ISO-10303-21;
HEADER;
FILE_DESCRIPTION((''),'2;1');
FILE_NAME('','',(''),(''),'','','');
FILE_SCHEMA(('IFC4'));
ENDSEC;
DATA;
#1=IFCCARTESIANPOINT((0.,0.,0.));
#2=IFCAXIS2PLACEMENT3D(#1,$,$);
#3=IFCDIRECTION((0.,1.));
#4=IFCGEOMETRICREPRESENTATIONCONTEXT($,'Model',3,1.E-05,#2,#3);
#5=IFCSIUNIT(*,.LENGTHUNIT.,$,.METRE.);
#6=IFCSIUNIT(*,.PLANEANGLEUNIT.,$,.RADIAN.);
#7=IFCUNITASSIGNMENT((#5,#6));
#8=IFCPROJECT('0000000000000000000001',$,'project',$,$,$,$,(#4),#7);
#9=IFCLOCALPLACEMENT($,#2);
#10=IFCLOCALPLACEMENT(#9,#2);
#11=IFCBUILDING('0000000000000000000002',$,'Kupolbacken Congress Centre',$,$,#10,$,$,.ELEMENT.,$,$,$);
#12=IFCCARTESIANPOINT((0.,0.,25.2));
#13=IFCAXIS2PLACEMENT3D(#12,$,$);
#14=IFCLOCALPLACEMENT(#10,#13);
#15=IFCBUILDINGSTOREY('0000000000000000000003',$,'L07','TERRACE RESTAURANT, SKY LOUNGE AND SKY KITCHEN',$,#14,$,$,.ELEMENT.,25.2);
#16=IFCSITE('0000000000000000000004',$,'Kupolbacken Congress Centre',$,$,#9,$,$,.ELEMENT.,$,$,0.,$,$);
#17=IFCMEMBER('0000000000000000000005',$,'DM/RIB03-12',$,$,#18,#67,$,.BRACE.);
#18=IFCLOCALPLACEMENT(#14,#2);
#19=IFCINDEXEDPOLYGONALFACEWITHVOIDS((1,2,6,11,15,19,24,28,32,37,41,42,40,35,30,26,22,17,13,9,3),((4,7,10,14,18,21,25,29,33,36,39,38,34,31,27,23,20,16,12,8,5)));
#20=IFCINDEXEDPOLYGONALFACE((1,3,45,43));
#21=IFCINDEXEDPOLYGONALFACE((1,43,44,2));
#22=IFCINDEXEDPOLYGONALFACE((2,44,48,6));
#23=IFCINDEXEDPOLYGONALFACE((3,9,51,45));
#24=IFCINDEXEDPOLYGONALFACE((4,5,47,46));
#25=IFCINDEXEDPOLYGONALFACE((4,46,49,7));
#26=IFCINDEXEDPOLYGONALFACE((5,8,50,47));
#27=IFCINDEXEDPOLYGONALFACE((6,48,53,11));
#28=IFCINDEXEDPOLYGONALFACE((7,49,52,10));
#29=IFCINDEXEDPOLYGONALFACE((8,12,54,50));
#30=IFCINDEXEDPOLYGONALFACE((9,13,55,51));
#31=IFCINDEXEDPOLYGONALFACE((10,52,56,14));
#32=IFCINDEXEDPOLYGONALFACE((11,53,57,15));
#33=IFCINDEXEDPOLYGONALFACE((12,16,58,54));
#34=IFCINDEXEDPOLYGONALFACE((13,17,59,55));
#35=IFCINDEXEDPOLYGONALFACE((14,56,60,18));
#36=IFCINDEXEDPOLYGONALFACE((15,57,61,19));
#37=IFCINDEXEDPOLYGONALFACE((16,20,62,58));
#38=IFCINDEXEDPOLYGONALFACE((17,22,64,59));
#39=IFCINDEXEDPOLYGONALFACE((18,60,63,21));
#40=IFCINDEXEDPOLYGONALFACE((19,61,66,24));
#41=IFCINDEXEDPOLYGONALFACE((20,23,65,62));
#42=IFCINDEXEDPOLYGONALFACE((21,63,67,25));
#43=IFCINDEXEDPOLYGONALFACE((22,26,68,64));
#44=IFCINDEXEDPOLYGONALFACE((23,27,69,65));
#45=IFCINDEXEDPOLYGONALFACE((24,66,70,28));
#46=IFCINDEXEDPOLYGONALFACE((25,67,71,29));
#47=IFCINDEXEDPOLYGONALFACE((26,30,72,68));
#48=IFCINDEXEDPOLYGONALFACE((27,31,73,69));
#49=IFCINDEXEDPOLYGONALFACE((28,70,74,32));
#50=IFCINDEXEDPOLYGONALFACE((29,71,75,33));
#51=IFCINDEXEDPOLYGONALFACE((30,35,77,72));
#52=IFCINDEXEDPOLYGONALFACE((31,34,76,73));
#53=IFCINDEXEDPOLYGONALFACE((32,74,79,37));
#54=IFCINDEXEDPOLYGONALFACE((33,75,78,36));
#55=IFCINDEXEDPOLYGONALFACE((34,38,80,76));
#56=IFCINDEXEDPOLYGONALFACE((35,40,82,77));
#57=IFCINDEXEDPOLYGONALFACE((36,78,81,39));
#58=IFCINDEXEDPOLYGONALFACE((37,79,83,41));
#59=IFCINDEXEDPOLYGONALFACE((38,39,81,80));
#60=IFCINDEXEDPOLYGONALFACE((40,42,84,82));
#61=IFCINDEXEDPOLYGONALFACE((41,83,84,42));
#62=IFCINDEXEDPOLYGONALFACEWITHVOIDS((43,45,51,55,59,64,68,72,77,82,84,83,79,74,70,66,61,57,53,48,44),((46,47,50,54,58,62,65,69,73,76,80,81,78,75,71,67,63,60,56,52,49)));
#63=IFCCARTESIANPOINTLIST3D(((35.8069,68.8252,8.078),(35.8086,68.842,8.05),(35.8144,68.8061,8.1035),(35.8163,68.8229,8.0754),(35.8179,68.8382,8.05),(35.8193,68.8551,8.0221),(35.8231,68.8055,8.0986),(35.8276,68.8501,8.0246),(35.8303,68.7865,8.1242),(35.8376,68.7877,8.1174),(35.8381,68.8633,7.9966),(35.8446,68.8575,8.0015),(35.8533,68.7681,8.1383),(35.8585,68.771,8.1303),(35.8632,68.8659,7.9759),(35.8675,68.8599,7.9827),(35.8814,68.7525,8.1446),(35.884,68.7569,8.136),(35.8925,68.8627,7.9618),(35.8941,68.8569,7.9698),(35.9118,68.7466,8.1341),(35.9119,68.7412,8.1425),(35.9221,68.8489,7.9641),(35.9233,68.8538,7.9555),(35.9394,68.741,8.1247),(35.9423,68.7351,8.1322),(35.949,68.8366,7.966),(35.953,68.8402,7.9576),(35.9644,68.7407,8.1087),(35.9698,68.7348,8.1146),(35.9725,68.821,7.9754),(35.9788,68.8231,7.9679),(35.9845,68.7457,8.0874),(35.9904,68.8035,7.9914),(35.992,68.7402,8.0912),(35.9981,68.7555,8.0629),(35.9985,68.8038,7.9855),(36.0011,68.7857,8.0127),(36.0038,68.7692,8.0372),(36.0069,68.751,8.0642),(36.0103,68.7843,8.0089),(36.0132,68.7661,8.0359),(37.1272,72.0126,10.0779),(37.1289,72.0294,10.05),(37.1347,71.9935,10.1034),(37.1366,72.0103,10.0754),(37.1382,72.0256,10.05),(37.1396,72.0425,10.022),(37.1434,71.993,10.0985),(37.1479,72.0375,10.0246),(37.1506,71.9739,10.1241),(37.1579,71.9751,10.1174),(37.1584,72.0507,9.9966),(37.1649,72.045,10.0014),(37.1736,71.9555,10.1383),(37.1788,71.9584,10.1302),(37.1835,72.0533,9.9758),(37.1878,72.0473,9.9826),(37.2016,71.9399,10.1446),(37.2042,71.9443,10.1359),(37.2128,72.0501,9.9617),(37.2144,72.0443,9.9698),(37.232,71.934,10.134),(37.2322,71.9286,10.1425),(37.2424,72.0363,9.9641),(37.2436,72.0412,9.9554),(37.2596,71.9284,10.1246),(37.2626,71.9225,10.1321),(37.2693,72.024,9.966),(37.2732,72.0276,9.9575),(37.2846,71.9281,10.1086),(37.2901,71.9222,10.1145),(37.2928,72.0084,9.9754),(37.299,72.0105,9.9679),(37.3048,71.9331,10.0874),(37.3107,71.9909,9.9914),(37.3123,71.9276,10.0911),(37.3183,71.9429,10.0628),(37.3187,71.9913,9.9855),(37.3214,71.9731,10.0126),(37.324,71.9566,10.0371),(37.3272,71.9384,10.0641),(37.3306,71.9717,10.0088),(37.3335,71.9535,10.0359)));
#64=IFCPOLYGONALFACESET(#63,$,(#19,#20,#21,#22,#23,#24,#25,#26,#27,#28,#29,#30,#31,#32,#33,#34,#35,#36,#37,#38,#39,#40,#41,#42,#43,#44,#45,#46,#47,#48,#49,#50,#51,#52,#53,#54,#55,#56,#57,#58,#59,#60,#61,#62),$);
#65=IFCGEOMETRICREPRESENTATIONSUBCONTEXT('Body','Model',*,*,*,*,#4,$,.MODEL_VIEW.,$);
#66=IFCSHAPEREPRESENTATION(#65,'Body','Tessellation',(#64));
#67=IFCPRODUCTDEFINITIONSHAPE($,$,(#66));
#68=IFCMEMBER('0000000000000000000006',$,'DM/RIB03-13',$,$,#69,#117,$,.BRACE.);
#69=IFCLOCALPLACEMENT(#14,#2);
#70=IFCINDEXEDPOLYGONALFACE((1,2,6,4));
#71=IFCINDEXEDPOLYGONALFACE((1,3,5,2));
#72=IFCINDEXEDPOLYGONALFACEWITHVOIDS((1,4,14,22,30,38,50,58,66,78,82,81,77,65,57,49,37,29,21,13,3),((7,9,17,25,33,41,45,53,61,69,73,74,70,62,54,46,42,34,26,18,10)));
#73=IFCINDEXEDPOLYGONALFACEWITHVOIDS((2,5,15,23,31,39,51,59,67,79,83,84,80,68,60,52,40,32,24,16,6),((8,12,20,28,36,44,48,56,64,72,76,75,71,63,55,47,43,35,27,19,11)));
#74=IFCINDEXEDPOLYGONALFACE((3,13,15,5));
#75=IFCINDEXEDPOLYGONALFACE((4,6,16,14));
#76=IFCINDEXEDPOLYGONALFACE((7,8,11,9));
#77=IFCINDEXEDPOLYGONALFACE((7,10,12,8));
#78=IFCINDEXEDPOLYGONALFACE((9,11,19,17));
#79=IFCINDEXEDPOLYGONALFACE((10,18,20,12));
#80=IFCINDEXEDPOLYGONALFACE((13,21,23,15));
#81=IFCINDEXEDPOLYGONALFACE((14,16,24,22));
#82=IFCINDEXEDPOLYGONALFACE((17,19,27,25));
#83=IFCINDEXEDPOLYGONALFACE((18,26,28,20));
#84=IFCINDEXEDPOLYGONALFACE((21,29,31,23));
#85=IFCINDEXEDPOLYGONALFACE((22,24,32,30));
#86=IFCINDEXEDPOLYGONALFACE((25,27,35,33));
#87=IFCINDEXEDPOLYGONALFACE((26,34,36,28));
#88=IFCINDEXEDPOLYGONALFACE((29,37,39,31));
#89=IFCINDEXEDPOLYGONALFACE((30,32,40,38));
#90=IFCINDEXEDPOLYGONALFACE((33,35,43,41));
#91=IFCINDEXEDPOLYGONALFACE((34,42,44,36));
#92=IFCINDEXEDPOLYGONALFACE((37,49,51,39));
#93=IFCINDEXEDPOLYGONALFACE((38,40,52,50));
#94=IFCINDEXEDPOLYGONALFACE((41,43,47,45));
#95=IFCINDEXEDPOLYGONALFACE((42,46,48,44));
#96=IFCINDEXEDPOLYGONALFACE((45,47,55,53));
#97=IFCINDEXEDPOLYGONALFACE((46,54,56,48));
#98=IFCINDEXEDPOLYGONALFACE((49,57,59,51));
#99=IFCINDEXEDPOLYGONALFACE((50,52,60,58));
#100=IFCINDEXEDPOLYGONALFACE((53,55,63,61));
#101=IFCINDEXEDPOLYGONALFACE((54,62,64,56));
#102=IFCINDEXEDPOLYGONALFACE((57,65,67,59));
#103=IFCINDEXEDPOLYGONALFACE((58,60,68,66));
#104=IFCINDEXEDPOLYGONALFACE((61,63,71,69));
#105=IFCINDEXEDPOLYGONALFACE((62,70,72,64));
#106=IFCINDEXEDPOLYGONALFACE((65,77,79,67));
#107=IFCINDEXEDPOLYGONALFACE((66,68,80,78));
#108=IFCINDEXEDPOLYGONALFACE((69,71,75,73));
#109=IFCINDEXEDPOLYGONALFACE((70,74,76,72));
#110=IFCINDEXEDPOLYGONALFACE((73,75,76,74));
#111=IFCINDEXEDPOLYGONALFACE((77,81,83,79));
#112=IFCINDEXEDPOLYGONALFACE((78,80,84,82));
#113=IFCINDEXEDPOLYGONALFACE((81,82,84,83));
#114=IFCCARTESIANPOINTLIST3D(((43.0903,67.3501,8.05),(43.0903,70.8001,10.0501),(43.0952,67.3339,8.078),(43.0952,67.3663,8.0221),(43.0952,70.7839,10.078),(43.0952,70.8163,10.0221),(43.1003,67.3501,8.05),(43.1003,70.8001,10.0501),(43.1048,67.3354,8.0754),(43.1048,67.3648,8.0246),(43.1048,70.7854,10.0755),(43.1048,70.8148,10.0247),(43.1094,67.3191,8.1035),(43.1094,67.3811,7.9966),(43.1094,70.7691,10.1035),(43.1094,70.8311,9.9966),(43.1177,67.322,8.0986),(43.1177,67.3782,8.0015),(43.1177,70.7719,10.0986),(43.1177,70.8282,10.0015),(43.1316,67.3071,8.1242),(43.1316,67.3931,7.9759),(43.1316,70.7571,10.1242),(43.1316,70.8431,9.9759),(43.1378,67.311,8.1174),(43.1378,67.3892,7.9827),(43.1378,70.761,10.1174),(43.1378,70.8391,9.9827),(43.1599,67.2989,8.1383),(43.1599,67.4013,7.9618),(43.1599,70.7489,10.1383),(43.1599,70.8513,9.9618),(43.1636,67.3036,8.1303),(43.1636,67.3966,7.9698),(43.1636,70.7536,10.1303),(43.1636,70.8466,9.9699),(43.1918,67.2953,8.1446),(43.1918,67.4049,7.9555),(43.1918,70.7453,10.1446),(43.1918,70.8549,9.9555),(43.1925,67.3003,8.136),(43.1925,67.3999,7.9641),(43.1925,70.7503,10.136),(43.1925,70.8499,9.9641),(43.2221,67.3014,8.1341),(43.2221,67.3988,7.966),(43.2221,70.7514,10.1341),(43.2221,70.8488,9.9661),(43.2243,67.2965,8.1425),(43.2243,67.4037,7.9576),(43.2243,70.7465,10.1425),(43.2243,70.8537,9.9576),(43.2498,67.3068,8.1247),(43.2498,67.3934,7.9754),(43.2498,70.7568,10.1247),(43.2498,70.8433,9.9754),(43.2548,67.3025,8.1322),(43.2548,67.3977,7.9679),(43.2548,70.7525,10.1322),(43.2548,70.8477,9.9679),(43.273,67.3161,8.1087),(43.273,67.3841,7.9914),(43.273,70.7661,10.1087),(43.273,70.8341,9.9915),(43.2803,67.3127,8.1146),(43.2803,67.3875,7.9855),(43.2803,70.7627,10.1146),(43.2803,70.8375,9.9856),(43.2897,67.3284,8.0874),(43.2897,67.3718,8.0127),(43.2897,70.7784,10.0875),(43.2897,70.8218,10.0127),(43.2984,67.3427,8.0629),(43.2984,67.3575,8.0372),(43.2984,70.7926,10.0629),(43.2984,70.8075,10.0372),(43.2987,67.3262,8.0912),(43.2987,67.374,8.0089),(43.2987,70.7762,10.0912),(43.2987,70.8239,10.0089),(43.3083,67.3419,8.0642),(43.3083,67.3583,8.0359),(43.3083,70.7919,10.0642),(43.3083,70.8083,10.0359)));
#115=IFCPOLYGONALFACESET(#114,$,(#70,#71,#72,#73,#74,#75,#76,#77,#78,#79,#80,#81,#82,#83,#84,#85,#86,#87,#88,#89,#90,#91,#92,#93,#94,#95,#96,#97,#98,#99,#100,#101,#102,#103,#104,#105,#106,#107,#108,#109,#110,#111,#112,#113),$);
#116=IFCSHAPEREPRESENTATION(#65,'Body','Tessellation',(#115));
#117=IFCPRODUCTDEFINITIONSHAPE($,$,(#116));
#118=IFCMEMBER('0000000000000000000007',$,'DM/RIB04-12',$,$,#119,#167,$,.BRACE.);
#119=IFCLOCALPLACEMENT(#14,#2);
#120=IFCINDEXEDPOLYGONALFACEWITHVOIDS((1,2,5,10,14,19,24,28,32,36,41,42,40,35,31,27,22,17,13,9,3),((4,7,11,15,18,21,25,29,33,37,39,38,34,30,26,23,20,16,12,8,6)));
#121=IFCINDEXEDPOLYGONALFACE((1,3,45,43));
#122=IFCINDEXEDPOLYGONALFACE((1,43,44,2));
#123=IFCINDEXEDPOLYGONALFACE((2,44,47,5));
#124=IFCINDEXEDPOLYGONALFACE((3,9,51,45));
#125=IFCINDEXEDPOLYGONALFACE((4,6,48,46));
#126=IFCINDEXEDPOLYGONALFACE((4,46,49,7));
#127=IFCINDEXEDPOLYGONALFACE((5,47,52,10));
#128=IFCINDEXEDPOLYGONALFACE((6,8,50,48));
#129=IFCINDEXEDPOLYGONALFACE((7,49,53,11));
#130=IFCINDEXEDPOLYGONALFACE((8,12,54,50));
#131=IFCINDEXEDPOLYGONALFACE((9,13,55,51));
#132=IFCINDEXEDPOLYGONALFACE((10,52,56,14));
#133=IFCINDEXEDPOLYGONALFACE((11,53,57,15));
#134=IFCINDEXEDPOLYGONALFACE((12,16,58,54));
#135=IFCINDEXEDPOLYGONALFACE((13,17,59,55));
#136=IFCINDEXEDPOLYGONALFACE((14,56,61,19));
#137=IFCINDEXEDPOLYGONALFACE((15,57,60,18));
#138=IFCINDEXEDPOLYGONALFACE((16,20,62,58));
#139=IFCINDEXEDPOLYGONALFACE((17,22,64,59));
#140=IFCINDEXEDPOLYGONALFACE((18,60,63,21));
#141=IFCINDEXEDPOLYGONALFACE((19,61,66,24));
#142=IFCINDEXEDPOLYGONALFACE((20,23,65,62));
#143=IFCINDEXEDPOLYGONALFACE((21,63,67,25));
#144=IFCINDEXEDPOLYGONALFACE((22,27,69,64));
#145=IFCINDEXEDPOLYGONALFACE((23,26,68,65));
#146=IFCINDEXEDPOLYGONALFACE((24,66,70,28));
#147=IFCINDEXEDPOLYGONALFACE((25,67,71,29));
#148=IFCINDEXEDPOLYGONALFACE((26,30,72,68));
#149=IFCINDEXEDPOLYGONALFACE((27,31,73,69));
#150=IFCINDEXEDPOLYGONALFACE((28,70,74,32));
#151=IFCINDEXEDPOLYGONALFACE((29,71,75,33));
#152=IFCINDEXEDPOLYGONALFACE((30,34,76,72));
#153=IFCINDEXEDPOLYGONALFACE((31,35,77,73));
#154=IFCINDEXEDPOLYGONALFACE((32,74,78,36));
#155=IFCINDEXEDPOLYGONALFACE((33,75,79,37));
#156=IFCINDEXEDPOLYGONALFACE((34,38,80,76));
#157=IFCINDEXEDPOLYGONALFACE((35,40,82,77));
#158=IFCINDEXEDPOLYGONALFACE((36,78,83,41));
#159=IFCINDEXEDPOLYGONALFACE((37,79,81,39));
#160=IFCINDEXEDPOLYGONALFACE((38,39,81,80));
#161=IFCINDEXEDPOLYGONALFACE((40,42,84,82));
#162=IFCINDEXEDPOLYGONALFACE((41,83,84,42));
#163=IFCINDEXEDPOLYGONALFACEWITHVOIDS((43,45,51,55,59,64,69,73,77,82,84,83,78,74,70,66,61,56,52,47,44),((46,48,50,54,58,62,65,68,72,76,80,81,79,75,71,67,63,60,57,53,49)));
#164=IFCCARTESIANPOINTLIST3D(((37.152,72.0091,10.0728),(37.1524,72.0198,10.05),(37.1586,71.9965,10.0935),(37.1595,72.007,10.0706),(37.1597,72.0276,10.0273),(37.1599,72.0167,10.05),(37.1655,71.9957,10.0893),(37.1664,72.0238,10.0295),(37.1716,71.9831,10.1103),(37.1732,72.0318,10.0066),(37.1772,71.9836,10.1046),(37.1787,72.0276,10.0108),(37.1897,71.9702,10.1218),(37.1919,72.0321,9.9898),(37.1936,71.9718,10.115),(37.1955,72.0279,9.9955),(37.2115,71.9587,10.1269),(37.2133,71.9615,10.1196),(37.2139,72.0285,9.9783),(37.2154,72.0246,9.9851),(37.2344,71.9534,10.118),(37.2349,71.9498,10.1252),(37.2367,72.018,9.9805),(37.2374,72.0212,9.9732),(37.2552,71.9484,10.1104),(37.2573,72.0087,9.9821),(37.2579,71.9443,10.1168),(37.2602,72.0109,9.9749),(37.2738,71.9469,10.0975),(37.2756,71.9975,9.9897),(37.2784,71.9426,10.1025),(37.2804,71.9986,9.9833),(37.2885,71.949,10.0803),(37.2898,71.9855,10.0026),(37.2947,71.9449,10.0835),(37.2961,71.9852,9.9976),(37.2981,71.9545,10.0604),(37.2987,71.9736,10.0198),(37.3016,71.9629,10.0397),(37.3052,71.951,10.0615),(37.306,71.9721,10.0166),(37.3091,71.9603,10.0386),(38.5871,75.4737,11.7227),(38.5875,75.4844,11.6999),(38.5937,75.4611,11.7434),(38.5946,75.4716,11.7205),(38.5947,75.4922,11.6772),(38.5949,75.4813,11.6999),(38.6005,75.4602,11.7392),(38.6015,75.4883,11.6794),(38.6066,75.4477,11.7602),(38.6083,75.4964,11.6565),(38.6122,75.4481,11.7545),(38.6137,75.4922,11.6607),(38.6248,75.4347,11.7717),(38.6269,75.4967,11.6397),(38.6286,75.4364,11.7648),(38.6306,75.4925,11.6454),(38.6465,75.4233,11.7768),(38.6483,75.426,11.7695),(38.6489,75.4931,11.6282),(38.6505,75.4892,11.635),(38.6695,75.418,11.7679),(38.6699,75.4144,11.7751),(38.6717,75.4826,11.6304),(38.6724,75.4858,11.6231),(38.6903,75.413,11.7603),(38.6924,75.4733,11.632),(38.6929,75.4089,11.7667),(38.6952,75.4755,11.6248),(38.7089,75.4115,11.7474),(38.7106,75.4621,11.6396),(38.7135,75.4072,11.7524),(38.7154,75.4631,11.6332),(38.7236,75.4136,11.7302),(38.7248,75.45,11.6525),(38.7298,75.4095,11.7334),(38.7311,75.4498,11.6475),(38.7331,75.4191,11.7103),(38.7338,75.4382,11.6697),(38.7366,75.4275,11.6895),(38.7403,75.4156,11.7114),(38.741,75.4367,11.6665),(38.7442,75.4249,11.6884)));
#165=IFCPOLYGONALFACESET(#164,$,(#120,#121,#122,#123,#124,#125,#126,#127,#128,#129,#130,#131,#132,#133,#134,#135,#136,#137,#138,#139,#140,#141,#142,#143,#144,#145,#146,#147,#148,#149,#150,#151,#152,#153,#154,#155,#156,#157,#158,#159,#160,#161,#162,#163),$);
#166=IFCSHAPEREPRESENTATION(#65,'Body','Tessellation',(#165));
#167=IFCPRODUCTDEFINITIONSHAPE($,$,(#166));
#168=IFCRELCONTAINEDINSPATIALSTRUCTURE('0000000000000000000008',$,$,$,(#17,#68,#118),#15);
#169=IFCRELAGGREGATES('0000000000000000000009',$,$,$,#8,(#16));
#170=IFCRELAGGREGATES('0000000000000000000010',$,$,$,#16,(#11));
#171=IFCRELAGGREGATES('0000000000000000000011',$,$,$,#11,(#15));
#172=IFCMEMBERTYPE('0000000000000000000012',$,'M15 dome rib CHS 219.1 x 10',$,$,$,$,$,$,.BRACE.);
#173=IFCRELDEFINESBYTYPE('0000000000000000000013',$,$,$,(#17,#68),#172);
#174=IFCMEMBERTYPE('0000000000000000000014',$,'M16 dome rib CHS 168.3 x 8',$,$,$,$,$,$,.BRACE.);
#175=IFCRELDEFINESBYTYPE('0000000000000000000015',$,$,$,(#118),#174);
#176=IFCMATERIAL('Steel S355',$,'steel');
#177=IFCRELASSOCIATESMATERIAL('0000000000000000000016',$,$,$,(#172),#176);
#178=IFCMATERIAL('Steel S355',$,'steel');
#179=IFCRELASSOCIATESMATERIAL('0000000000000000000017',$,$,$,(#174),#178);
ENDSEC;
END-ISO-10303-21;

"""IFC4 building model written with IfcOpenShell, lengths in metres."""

from ifc_helpers import new_model, si_unit, direction, frame, origin, origin_2d, place, context, subcontext, project, spatial, hollow_circle, extrude, material, material_profile, profile_set, type_object, element, save


model = new_model("IFC4")

# Units and contexts
model_context = context("Model", 3, precision=1e-05, world=origin(), true_north=direction((0.0, 1.0)))
body_context = subcontext(model_context, "Body", "Model", "MODEL_VIEW")
ifc_project = project(units=[si_unit("LENGTHUNIT", "METRE"), si_unit("PLANEANGLEUNIT", "RADIAN")], contexts=[model_context])

# Site, building, storey
site_placement = place(None, origin())
site = spatial("IfcSite", under=ifc_project, at=site_placement, Name="Kupolbacken Congress Centre", CompositionType="ELEMENT", RefElevation=0.0)
building_placement = place(site_placement, origin())
building = spatial("IfcBuilding", under=site, at=building_placement, Name="Kupolbacken Congress Centre", CompositionType="ELEMENT")
storey_placement = place(building_placement, frame((0.0, 0.0, 25.2)))
storey = spatial("IfcBuildingStorey", under=building, at=storey_placement, Name="L07", Description="TERRACE RESTAURANT, SKY LOUNGE AND SKY KITCHEN", CompositionType="ELEMENT", Elevation=25.2)

# Members
ifc_material_1 = material(Name="Steel S355", Category="steel")
ifc_material_profile_1 = material_profile(ifc_material_1, hollow_circle(Radius=0.1096, WallThickness=0.01, at=origin_2d()), Name="CHS 219.1 x 10")
ifc_profile_set_1 = profile_set([ifc_material_profile_1], Name="Steel S355")
member_type_1 = type_object("IfcMemberType", Name="M15 dome rib CHS 219.1 x 10", PredefinedType="BRACE", material=ifc_profile_set_1)
for number, where, z_axis, x_axis, name in (
    (1, (35.9099, 68.8, 8.05), (0.331079, 0.799292, 0.501517), (-0.923879, 0.382685, 0.0), "DM/RIB03-12"),
    (2, (43.2, 67.3501, 8.05), (0.0, 0.865137, 0.501536), (-1.0, 0.0, 0.0), "DM/RIB03-13"),
):
    element("IfcMember", number, at=place(storey_placement, frame(where, z_axis=z_axis, x_axis=x_axis)), inside=storey, type_object=member_type_1, Name=name, PredefinedType="BRACE", context=body_context, shape_type="SweptSolid", body=[
        extrude(hollow_circle(Radius=0.1096, WallThickness=0.01, at=origin_2d()), origin(), (0.0, 0.0, 1.0), 3.9878),
    ])
ifc_material_2 = material(Name="Steel S355", Category="steel")
ifc_material_profile_2 = material_profile(ifc_material_2, hollow_circle(Radius=0.0842, WallThickness=0.0081, at=origin_2d()), Name="CHS 168.3 x 8")
ifc_profile_set_2 = profile_set([ifc_material_profile_2], Name="Steel S355")
member_type_2 = type_object("IfcMemberType", Name="M16 dome rib CHS 168.3 x 8", PredefinedType="BRACE", material=ifc_profile_set_2)
for number, where, z_axis, x_axis, name in (
    (3, (37.2302, 71.9875, 10.05), (0.350275, 0.845653, 0.402715), (-0.923882, 0.382678, 0.0), "DM/RIB04-12"),
):
    element("IfcMember", number, at=place(storey_placement, frame(where, z_axis=z_axis, x_axis=x_axis)), inside=storey, type_object=member_type_2, Name=name, PredefinedType="BRACE", context=body_context, shape_type="SweptSolid", body=[
        extrude(hollow_circle(Radius=0.0842, WallThickness=0.0081, at=origin_2d()), origin(), (0.0, 0.0, 1.0), 4.0969),
    ])

save(model, "model.ifc")
